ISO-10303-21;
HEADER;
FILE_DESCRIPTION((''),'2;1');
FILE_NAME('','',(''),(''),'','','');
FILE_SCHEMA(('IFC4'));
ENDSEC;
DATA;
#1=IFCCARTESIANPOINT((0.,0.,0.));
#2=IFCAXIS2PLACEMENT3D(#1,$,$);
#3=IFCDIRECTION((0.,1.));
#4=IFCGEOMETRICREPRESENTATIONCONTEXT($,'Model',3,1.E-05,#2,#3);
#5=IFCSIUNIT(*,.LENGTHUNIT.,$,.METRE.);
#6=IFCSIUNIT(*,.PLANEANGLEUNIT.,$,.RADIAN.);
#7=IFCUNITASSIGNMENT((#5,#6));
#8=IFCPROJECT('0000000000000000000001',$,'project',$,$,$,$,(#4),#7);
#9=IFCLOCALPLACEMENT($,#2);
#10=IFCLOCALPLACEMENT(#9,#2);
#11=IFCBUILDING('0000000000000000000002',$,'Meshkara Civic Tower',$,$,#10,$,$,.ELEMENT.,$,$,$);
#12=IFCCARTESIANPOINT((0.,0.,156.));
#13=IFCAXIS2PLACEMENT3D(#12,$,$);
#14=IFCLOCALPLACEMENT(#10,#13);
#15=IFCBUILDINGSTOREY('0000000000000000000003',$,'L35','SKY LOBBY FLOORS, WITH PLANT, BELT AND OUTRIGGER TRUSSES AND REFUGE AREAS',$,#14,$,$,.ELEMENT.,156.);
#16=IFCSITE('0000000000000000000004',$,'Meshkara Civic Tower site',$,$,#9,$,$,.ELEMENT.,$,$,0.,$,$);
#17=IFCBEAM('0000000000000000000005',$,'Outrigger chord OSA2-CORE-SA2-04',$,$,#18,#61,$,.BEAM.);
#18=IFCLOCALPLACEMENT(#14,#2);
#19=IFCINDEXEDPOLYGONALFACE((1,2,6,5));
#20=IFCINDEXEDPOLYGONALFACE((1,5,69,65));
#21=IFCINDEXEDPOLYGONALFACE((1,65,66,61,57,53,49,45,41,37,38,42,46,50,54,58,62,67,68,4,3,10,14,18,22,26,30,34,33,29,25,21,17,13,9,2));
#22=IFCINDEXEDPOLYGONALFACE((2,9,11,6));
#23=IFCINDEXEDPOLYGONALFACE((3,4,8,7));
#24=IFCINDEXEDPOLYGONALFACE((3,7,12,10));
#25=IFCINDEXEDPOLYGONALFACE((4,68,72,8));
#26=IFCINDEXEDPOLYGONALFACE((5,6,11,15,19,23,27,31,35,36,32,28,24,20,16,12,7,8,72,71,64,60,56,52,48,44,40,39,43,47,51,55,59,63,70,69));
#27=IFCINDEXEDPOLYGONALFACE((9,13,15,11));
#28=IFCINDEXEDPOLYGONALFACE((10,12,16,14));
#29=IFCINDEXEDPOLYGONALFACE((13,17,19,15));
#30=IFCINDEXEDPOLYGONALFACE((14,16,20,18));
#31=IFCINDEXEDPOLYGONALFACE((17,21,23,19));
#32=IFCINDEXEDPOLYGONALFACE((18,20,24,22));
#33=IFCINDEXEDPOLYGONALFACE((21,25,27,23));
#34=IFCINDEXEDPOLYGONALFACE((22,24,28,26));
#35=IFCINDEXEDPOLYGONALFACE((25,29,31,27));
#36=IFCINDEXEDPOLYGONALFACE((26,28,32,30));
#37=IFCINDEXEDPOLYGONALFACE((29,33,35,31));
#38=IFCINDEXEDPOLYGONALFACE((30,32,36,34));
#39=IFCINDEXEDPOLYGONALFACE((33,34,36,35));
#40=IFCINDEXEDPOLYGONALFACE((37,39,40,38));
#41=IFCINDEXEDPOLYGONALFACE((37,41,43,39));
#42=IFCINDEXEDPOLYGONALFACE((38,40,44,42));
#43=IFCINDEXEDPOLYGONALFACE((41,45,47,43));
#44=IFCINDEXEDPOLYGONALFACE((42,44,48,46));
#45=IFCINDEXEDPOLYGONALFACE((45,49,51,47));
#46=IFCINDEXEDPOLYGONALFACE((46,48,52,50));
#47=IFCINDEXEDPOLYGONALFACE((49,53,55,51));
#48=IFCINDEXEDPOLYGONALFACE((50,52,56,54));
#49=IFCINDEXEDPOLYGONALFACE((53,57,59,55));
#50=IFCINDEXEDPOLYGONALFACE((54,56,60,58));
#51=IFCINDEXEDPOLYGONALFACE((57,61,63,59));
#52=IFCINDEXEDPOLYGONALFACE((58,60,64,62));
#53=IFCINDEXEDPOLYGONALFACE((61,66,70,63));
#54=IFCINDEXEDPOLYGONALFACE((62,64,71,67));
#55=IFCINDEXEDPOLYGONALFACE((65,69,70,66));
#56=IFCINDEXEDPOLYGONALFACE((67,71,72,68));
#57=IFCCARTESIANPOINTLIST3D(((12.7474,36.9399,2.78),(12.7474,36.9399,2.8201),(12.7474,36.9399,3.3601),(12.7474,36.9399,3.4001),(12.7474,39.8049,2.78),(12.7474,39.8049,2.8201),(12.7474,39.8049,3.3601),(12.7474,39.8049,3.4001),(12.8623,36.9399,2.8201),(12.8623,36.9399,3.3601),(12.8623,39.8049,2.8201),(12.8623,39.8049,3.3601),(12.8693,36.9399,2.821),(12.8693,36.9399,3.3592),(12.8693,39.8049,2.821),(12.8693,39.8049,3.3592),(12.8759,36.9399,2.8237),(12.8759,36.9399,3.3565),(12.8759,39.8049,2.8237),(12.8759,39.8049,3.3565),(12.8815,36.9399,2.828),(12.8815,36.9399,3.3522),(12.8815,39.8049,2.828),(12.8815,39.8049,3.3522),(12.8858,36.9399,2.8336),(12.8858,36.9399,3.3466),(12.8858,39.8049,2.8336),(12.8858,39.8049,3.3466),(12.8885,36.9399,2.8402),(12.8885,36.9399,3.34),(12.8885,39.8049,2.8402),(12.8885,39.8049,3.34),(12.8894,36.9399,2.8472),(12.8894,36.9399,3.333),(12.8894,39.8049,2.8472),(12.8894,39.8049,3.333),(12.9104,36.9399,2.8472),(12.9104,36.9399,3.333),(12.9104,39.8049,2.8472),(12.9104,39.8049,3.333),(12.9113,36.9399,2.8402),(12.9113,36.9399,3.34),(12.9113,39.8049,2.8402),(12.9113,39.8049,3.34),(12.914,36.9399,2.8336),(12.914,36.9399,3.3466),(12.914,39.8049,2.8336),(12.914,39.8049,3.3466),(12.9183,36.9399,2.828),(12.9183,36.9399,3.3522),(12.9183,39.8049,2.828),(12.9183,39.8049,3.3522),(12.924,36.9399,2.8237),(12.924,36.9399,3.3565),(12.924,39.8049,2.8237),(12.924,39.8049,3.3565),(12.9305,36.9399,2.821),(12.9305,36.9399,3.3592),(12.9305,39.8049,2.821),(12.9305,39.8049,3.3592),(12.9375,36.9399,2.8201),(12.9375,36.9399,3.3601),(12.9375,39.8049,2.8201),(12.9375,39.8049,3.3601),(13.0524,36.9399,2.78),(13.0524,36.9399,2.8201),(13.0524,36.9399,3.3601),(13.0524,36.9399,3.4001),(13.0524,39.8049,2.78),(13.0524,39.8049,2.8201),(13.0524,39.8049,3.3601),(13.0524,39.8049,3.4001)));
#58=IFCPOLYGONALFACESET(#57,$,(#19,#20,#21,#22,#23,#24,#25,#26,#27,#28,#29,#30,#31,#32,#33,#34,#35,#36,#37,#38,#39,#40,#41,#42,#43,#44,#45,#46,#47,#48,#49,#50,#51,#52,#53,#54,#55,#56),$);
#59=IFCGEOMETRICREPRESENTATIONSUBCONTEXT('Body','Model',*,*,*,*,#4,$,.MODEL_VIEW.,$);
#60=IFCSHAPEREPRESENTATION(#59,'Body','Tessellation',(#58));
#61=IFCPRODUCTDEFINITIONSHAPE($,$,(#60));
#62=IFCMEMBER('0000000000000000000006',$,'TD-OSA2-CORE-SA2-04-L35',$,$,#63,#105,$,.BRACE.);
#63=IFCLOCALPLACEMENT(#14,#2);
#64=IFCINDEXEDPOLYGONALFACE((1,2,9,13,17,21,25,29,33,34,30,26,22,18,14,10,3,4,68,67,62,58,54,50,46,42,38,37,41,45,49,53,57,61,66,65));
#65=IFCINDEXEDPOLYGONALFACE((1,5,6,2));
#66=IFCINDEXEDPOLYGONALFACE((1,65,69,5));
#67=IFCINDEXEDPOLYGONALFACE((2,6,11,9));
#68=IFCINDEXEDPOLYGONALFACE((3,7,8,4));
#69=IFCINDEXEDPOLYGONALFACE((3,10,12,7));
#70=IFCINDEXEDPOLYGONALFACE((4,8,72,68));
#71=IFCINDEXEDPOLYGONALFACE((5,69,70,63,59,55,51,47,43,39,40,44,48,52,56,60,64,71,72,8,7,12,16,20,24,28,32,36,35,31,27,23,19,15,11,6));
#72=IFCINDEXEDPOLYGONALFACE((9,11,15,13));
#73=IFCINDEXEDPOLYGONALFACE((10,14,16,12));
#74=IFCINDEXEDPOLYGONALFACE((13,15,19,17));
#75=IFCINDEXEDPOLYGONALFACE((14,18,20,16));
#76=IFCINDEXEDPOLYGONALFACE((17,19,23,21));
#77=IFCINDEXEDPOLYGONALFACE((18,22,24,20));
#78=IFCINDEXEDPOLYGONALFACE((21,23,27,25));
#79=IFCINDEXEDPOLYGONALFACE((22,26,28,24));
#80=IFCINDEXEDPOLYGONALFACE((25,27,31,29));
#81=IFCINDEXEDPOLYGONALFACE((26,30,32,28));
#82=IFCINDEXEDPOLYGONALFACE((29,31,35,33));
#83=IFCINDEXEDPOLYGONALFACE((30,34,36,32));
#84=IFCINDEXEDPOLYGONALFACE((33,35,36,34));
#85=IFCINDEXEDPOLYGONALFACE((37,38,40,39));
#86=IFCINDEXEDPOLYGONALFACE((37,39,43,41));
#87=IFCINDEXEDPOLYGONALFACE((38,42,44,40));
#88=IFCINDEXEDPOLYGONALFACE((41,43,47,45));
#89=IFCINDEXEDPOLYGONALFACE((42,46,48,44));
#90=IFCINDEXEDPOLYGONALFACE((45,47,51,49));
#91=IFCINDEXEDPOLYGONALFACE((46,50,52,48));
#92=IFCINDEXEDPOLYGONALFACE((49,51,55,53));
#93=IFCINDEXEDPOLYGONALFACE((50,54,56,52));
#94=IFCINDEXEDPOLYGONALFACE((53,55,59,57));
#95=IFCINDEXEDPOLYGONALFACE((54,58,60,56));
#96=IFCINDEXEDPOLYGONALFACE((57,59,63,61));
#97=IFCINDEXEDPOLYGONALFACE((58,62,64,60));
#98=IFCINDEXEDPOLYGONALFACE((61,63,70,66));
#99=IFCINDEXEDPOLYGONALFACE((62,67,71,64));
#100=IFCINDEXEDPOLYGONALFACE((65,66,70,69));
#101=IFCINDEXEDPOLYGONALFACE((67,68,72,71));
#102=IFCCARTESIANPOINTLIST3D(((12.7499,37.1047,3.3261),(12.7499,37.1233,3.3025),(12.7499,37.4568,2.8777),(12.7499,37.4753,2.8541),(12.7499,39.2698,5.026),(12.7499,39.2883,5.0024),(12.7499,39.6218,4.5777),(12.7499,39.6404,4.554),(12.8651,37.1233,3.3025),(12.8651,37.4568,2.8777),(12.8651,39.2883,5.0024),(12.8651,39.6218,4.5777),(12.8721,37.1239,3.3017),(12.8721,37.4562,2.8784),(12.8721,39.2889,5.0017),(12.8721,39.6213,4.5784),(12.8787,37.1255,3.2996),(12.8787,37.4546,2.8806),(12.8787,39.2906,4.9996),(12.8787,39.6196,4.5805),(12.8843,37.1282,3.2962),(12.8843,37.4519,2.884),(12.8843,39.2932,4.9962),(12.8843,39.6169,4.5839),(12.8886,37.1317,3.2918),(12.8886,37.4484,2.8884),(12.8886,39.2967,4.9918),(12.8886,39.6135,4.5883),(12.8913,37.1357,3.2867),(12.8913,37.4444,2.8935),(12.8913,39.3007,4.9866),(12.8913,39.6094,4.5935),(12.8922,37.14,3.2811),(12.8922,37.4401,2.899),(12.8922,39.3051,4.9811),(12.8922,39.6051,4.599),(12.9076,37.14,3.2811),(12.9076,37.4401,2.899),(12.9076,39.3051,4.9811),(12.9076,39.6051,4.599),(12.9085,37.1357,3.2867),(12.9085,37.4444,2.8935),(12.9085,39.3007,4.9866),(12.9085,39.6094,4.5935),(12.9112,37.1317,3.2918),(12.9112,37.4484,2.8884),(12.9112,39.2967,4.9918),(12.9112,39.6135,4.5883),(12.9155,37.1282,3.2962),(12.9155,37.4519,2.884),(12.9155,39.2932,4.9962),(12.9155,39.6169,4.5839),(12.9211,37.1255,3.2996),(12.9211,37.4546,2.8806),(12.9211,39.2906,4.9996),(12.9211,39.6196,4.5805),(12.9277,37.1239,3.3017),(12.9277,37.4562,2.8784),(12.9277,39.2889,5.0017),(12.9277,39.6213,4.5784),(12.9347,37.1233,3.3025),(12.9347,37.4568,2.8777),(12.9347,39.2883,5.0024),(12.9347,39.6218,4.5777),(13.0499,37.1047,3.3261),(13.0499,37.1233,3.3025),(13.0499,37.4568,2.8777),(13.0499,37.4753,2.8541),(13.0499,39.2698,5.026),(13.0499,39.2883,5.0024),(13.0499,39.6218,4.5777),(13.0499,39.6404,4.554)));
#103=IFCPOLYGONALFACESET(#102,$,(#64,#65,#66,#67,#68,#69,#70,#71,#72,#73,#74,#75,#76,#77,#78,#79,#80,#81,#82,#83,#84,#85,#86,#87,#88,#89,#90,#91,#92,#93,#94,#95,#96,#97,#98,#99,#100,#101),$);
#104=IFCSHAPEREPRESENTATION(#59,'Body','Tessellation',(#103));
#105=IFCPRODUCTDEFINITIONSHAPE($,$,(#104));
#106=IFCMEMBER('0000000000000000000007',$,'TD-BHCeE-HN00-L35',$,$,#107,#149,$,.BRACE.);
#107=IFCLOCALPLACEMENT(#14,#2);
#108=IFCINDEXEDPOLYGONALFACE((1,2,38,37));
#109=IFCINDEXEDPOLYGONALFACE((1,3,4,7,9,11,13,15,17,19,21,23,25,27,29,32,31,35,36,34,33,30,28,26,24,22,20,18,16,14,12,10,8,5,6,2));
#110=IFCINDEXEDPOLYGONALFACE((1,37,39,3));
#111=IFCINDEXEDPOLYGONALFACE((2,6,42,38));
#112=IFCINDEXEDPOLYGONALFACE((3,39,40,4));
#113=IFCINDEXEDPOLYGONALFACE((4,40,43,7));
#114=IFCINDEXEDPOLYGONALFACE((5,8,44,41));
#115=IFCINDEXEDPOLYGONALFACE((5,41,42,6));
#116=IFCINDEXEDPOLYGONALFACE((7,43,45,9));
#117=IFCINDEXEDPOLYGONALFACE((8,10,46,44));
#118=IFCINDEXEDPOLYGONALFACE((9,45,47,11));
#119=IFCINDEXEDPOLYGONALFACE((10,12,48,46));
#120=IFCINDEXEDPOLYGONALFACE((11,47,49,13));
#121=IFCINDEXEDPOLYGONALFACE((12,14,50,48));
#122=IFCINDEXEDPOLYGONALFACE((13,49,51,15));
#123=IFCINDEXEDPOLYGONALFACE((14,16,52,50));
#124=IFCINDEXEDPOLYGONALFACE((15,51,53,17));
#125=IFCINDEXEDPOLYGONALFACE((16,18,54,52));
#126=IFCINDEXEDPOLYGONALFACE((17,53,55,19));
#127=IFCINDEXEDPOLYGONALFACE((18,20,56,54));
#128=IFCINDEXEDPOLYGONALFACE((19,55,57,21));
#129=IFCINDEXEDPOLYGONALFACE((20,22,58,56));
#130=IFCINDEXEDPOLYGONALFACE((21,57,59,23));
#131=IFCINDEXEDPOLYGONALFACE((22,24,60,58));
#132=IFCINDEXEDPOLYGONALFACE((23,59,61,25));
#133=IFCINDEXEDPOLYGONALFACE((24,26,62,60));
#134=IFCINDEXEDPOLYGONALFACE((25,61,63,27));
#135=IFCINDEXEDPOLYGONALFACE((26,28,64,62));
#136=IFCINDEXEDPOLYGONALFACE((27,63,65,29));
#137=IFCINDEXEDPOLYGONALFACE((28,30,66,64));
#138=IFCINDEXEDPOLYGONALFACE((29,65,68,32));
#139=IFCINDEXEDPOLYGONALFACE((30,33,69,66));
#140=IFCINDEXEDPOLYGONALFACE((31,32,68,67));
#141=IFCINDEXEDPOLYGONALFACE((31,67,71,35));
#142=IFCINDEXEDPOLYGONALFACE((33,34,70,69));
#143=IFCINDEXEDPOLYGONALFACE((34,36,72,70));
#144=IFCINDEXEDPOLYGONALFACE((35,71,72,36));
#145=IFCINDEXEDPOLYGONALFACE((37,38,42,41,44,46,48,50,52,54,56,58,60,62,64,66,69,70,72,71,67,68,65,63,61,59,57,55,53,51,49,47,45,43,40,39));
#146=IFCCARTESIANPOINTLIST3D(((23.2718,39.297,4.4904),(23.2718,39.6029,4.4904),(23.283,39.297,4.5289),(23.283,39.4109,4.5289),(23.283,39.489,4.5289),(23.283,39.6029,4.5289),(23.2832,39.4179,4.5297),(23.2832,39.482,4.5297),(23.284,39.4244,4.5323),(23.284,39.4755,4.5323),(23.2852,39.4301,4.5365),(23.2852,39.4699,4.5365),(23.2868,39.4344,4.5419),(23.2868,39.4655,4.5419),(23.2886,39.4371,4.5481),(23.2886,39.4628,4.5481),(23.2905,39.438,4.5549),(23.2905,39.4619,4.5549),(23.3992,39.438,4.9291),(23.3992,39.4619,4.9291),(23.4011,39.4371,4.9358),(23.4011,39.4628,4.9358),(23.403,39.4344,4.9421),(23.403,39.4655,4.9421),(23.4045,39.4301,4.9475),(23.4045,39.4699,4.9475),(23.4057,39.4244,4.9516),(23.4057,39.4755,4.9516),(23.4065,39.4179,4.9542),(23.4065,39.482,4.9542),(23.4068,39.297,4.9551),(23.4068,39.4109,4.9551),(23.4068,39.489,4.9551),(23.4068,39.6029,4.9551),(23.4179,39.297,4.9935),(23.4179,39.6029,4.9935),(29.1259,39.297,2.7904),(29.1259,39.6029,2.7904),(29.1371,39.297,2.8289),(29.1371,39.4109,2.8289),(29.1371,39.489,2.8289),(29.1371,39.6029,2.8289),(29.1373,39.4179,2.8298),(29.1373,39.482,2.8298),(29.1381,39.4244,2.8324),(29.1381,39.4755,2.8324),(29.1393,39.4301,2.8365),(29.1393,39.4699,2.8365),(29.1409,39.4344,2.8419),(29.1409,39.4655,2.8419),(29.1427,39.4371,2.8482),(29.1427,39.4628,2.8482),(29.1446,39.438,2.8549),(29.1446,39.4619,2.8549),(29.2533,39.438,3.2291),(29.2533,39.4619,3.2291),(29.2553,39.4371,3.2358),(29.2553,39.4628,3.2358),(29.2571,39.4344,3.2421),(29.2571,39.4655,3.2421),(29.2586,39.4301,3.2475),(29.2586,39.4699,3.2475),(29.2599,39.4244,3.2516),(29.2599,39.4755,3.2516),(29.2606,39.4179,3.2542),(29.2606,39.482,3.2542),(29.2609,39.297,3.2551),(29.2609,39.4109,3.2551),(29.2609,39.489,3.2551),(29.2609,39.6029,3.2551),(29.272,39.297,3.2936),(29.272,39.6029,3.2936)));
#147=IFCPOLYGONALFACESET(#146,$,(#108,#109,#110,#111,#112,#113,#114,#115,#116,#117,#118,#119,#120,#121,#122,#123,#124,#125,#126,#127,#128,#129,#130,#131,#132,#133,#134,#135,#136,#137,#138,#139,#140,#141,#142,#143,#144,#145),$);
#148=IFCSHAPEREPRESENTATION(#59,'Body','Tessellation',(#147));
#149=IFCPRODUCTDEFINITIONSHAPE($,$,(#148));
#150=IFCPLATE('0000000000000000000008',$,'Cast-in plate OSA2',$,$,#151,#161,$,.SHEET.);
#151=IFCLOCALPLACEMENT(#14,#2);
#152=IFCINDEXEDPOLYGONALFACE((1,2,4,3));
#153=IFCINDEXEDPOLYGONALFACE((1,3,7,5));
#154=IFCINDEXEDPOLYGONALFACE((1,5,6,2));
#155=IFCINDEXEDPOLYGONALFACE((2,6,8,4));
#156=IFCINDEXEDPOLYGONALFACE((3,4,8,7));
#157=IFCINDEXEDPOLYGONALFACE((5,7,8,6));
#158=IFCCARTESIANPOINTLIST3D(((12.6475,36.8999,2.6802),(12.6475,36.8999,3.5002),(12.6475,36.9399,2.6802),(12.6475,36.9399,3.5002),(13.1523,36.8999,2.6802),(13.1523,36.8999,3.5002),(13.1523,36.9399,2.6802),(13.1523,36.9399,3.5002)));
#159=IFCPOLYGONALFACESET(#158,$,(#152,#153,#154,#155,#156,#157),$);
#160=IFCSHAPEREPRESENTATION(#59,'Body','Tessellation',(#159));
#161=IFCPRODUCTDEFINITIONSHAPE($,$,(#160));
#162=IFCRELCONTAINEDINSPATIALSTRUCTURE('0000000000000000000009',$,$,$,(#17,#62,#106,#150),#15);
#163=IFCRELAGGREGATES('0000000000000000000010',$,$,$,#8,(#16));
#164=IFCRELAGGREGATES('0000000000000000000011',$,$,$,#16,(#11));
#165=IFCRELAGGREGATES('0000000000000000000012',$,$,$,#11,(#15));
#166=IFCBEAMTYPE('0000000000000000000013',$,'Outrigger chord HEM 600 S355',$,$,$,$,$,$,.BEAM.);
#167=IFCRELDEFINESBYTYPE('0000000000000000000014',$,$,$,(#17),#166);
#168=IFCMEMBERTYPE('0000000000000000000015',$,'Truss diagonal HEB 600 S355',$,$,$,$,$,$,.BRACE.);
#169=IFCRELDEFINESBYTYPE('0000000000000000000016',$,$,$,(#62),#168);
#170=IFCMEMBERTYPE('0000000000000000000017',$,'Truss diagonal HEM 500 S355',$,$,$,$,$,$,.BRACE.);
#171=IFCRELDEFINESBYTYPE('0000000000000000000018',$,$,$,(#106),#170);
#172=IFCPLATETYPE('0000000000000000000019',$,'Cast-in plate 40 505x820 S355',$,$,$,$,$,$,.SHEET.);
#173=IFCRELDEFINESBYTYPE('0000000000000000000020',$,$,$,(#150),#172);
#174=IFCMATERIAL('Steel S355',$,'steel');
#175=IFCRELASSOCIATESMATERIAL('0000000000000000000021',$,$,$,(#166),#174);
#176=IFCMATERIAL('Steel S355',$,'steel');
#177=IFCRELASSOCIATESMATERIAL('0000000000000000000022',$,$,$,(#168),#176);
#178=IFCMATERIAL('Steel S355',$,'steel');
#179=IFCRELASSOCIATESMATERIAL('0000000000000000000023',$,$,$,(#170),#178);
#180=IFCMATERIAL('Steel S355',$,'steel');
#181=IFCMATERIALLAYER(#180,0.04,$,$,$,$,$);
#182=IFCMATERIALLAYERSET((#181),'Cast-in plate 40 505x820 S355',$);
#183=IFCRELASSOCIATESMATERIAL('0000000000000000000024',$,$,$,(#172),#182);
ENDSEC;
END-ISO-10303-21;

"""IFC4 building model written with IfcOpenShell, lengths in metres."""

from ifc_helpers import new_model, si_unit, direction, frame, origin, origin_2d, place, context, subcontext, project, spatial, rectangle, i_section, extrude, material, layer, layer_set, material_profile, profile_set, type_object, element, save


model = new_model("IFC4")

# Units and contexts
model_context = context("Model", 3, precision=1e-05, world=origin(), true_north=direction((0.0, 1.0)))
body_context = subcontext(model_context, "Body", "Model", "MODEL_VIEW")
ifc_project = project(units=[si_unit("LENGTHUNIT", "METRE"), si_unit("PLANEANGLEUNIT", "RADIAN")], contexts=[model_context])

# Site, building, storey
site_placement = place(None, origin())
site = spatial("IfcSite", under=ifc_project, at=site_placement, Name="Meshkara Civic Tower site", CompositionType="ELEMENT", RefElevation=0.0)
building_placement = place(site_placement, origin())
building = spatial("IfcBuilding", under=site, at=building_placement, Name="Meshkara Civic Tower", CompositionType="ELEMENT")
storey_placement = place(building_placement, frame((0.0, 0.0, 156.0)))
storey = spatial("IfcBuildingStorey", under=building, at=storey_placement, Name="L35", Description="SKY LOBBY FLOORS, WITH PLANT, BELT AND OUTRIGGER TRUSSES AND REFUGE AREAS", CompositionType="ELEMENT", Elevation=156.0)

# Beam
ifc_material_1 = material(Name="Steel S355", Category="steel")
ifc_material_profile_1 = material_profile(ifc_material_1, i_section(OverallWidth=0.3049, OverallDepth=0.6201, WebThickness=0.021, FlangeThickness=0.04, FilletRadius=0.0271, at=origin_2d()))
ifc_profile_set_1 = profile_set([ifc_material_profile_1], Name="Steel S355")
beam_type_1 = type_object("IfcBeamType", Name="Outrigger chord HEM 600 S355", PredefinedType="BEAM", material=ifc_profile_set_1)
for number, where, z_axis, x_axis, name in (
    (1, (12.8999, 36.9399, 3.0901), (0.0, 1.0, 0.0), (-1.0, 0.0, 0.0), "Outrigger chord OSA2-CORE-SA2-04"),
):
    element("IfcBeam", number, at=place(storey_placement, frame(where, z_axis=z_axis, x_axis=x_axis)), inside=storey, type_object=beam_type_1, Name=name, PredefinedType="BEAM", context=body_context, shape_type="SweptSolid", body=[
        extrude(i_section(OverallWidth=0.3049, OverallDepth=0.6201, WebThickness=0.021, FlangeThickness=0.04, FilletRadius=0.0271, at=origin_2d()), origin(), (0.0, 0.0, 1.0), 2.865),
    ])

# Members
ifc_material_2 = material(Name="Steel S355", Category="steel")
ifc_material_profile_2 = material_profile(ifc_material_2, i_section(OverallWidth=0.3, OverallDepth=0.6001, WebThickness=0.0154, FlangeThickness=0.03, FilletRadius=0.0271, at=origin_2d()))
ifc_profile_set_2 = profile_set([ifc_material_profile_2], Name="Steel S355")
member_type_1 = type_object("IfcMemberType", Name="Truss diagonal HEB 600 S355", PredefinedType="BRACE", material=ifc_profile_set_2)
member_1_placement = place(storey_placement, frame((12.8999, 37.29, 3.0901), z_axis=(0.0, 0.786521, 0.617563), x_axis=(-1.0, 0.0, 0.0)))
element("IfcMember", 2, at=member_1_placement, inside=storey, type_object=member_type_1, Name="TD-OSA2-CORE-SA2-04-L35", PredefinedType="BRACE", context=body_context, shape_type="SweptSolid", body=[
    extrude(i_section(OverallWidth=0.3, OverallDepth=0.6001, WebThickness=0.0154, FlangeThickness=0.03, FilletRadius=0.0271, at=origin_2d()), origin(), (0.0, 0.0, 1.0), 2.7527),
])
ifc_material_3 = material(Name="Steel S355", Category="steel")
ifc_material_profile_3 = material_profile(ifc_material_3, i_section(OverallWidth=0.3059, OverallDepth=0.5239, WebThickness=0.0239, FlangeThickness=0.04, FilletRadius=0.0271, at=origin_2d()))
ifc_profile_set_3 = profile_set([ifc_material_profile_3], Name="Steel S355")
member_type_2 = type_object("IfcMemberType", Name="Truss diagonal HEM 500 S355", PredefinedType="BRACE", material=ifc_profile_set_3)
member_2_placement = place(storey_placement, frame((29.199, 39.45, 3.042), z_axis=(-0.960329, 0.0, 0.278871), x_axis=(0.0, -1.0, 0.0)))
element("IfcMember", 3, at=member_2_placement, inside=storey, type_object=member_type_2, Name="TD-BHCeE-HN00-L35", PredefinedType="BRACE", context=body_context, shape_type="SweptSolid", body=[
    extrude(i_section(OverallWidth=0.3059, OverallDepth=0.5239, WebThickness=0.0239, FlangeThickness=0.04, FilletRadius=0.0271, at=origin_2d()), origin(), (0.0, 0.0, 1.0), 6.0959),
])

# Plate
ifc_material_4 = material(Name="Steel S355", Category="steel")
ifc_layer_1 = layer(ifc_material_4, 0.04)
ifc_layer_set_1 = layer_set([ifc_layer_1], Name="Cast-in plate 40 505x820 S355")
plate_type = type_object("IfcPlateType", Name="Cast-in plate 40 505x820 S355", PredefinedType="SHEET", material=ifc_layer_set_1)
plate_placement = place(storey_placement, frame((12.8999, 36.9199, 2.6802), z_axis=(0.0, 0.0, 1.0), x_axis=(0.0, 1.0, 0.0)))
element("IfcPlate", 4, at=plate_placement, inside=storey, type_object=plate_type, Name="Cast-in plate OSA2", PredefinedType="SHEET", context=body_context, shape_type="SweptSolid", body=[
    extrude(rectangle(XDim=0.04, YDim=0.5049, at=origin_2d()), origin(), (0.0, 0.0, 1.0), 0.8201),
])

save(model, "model.ifc")
